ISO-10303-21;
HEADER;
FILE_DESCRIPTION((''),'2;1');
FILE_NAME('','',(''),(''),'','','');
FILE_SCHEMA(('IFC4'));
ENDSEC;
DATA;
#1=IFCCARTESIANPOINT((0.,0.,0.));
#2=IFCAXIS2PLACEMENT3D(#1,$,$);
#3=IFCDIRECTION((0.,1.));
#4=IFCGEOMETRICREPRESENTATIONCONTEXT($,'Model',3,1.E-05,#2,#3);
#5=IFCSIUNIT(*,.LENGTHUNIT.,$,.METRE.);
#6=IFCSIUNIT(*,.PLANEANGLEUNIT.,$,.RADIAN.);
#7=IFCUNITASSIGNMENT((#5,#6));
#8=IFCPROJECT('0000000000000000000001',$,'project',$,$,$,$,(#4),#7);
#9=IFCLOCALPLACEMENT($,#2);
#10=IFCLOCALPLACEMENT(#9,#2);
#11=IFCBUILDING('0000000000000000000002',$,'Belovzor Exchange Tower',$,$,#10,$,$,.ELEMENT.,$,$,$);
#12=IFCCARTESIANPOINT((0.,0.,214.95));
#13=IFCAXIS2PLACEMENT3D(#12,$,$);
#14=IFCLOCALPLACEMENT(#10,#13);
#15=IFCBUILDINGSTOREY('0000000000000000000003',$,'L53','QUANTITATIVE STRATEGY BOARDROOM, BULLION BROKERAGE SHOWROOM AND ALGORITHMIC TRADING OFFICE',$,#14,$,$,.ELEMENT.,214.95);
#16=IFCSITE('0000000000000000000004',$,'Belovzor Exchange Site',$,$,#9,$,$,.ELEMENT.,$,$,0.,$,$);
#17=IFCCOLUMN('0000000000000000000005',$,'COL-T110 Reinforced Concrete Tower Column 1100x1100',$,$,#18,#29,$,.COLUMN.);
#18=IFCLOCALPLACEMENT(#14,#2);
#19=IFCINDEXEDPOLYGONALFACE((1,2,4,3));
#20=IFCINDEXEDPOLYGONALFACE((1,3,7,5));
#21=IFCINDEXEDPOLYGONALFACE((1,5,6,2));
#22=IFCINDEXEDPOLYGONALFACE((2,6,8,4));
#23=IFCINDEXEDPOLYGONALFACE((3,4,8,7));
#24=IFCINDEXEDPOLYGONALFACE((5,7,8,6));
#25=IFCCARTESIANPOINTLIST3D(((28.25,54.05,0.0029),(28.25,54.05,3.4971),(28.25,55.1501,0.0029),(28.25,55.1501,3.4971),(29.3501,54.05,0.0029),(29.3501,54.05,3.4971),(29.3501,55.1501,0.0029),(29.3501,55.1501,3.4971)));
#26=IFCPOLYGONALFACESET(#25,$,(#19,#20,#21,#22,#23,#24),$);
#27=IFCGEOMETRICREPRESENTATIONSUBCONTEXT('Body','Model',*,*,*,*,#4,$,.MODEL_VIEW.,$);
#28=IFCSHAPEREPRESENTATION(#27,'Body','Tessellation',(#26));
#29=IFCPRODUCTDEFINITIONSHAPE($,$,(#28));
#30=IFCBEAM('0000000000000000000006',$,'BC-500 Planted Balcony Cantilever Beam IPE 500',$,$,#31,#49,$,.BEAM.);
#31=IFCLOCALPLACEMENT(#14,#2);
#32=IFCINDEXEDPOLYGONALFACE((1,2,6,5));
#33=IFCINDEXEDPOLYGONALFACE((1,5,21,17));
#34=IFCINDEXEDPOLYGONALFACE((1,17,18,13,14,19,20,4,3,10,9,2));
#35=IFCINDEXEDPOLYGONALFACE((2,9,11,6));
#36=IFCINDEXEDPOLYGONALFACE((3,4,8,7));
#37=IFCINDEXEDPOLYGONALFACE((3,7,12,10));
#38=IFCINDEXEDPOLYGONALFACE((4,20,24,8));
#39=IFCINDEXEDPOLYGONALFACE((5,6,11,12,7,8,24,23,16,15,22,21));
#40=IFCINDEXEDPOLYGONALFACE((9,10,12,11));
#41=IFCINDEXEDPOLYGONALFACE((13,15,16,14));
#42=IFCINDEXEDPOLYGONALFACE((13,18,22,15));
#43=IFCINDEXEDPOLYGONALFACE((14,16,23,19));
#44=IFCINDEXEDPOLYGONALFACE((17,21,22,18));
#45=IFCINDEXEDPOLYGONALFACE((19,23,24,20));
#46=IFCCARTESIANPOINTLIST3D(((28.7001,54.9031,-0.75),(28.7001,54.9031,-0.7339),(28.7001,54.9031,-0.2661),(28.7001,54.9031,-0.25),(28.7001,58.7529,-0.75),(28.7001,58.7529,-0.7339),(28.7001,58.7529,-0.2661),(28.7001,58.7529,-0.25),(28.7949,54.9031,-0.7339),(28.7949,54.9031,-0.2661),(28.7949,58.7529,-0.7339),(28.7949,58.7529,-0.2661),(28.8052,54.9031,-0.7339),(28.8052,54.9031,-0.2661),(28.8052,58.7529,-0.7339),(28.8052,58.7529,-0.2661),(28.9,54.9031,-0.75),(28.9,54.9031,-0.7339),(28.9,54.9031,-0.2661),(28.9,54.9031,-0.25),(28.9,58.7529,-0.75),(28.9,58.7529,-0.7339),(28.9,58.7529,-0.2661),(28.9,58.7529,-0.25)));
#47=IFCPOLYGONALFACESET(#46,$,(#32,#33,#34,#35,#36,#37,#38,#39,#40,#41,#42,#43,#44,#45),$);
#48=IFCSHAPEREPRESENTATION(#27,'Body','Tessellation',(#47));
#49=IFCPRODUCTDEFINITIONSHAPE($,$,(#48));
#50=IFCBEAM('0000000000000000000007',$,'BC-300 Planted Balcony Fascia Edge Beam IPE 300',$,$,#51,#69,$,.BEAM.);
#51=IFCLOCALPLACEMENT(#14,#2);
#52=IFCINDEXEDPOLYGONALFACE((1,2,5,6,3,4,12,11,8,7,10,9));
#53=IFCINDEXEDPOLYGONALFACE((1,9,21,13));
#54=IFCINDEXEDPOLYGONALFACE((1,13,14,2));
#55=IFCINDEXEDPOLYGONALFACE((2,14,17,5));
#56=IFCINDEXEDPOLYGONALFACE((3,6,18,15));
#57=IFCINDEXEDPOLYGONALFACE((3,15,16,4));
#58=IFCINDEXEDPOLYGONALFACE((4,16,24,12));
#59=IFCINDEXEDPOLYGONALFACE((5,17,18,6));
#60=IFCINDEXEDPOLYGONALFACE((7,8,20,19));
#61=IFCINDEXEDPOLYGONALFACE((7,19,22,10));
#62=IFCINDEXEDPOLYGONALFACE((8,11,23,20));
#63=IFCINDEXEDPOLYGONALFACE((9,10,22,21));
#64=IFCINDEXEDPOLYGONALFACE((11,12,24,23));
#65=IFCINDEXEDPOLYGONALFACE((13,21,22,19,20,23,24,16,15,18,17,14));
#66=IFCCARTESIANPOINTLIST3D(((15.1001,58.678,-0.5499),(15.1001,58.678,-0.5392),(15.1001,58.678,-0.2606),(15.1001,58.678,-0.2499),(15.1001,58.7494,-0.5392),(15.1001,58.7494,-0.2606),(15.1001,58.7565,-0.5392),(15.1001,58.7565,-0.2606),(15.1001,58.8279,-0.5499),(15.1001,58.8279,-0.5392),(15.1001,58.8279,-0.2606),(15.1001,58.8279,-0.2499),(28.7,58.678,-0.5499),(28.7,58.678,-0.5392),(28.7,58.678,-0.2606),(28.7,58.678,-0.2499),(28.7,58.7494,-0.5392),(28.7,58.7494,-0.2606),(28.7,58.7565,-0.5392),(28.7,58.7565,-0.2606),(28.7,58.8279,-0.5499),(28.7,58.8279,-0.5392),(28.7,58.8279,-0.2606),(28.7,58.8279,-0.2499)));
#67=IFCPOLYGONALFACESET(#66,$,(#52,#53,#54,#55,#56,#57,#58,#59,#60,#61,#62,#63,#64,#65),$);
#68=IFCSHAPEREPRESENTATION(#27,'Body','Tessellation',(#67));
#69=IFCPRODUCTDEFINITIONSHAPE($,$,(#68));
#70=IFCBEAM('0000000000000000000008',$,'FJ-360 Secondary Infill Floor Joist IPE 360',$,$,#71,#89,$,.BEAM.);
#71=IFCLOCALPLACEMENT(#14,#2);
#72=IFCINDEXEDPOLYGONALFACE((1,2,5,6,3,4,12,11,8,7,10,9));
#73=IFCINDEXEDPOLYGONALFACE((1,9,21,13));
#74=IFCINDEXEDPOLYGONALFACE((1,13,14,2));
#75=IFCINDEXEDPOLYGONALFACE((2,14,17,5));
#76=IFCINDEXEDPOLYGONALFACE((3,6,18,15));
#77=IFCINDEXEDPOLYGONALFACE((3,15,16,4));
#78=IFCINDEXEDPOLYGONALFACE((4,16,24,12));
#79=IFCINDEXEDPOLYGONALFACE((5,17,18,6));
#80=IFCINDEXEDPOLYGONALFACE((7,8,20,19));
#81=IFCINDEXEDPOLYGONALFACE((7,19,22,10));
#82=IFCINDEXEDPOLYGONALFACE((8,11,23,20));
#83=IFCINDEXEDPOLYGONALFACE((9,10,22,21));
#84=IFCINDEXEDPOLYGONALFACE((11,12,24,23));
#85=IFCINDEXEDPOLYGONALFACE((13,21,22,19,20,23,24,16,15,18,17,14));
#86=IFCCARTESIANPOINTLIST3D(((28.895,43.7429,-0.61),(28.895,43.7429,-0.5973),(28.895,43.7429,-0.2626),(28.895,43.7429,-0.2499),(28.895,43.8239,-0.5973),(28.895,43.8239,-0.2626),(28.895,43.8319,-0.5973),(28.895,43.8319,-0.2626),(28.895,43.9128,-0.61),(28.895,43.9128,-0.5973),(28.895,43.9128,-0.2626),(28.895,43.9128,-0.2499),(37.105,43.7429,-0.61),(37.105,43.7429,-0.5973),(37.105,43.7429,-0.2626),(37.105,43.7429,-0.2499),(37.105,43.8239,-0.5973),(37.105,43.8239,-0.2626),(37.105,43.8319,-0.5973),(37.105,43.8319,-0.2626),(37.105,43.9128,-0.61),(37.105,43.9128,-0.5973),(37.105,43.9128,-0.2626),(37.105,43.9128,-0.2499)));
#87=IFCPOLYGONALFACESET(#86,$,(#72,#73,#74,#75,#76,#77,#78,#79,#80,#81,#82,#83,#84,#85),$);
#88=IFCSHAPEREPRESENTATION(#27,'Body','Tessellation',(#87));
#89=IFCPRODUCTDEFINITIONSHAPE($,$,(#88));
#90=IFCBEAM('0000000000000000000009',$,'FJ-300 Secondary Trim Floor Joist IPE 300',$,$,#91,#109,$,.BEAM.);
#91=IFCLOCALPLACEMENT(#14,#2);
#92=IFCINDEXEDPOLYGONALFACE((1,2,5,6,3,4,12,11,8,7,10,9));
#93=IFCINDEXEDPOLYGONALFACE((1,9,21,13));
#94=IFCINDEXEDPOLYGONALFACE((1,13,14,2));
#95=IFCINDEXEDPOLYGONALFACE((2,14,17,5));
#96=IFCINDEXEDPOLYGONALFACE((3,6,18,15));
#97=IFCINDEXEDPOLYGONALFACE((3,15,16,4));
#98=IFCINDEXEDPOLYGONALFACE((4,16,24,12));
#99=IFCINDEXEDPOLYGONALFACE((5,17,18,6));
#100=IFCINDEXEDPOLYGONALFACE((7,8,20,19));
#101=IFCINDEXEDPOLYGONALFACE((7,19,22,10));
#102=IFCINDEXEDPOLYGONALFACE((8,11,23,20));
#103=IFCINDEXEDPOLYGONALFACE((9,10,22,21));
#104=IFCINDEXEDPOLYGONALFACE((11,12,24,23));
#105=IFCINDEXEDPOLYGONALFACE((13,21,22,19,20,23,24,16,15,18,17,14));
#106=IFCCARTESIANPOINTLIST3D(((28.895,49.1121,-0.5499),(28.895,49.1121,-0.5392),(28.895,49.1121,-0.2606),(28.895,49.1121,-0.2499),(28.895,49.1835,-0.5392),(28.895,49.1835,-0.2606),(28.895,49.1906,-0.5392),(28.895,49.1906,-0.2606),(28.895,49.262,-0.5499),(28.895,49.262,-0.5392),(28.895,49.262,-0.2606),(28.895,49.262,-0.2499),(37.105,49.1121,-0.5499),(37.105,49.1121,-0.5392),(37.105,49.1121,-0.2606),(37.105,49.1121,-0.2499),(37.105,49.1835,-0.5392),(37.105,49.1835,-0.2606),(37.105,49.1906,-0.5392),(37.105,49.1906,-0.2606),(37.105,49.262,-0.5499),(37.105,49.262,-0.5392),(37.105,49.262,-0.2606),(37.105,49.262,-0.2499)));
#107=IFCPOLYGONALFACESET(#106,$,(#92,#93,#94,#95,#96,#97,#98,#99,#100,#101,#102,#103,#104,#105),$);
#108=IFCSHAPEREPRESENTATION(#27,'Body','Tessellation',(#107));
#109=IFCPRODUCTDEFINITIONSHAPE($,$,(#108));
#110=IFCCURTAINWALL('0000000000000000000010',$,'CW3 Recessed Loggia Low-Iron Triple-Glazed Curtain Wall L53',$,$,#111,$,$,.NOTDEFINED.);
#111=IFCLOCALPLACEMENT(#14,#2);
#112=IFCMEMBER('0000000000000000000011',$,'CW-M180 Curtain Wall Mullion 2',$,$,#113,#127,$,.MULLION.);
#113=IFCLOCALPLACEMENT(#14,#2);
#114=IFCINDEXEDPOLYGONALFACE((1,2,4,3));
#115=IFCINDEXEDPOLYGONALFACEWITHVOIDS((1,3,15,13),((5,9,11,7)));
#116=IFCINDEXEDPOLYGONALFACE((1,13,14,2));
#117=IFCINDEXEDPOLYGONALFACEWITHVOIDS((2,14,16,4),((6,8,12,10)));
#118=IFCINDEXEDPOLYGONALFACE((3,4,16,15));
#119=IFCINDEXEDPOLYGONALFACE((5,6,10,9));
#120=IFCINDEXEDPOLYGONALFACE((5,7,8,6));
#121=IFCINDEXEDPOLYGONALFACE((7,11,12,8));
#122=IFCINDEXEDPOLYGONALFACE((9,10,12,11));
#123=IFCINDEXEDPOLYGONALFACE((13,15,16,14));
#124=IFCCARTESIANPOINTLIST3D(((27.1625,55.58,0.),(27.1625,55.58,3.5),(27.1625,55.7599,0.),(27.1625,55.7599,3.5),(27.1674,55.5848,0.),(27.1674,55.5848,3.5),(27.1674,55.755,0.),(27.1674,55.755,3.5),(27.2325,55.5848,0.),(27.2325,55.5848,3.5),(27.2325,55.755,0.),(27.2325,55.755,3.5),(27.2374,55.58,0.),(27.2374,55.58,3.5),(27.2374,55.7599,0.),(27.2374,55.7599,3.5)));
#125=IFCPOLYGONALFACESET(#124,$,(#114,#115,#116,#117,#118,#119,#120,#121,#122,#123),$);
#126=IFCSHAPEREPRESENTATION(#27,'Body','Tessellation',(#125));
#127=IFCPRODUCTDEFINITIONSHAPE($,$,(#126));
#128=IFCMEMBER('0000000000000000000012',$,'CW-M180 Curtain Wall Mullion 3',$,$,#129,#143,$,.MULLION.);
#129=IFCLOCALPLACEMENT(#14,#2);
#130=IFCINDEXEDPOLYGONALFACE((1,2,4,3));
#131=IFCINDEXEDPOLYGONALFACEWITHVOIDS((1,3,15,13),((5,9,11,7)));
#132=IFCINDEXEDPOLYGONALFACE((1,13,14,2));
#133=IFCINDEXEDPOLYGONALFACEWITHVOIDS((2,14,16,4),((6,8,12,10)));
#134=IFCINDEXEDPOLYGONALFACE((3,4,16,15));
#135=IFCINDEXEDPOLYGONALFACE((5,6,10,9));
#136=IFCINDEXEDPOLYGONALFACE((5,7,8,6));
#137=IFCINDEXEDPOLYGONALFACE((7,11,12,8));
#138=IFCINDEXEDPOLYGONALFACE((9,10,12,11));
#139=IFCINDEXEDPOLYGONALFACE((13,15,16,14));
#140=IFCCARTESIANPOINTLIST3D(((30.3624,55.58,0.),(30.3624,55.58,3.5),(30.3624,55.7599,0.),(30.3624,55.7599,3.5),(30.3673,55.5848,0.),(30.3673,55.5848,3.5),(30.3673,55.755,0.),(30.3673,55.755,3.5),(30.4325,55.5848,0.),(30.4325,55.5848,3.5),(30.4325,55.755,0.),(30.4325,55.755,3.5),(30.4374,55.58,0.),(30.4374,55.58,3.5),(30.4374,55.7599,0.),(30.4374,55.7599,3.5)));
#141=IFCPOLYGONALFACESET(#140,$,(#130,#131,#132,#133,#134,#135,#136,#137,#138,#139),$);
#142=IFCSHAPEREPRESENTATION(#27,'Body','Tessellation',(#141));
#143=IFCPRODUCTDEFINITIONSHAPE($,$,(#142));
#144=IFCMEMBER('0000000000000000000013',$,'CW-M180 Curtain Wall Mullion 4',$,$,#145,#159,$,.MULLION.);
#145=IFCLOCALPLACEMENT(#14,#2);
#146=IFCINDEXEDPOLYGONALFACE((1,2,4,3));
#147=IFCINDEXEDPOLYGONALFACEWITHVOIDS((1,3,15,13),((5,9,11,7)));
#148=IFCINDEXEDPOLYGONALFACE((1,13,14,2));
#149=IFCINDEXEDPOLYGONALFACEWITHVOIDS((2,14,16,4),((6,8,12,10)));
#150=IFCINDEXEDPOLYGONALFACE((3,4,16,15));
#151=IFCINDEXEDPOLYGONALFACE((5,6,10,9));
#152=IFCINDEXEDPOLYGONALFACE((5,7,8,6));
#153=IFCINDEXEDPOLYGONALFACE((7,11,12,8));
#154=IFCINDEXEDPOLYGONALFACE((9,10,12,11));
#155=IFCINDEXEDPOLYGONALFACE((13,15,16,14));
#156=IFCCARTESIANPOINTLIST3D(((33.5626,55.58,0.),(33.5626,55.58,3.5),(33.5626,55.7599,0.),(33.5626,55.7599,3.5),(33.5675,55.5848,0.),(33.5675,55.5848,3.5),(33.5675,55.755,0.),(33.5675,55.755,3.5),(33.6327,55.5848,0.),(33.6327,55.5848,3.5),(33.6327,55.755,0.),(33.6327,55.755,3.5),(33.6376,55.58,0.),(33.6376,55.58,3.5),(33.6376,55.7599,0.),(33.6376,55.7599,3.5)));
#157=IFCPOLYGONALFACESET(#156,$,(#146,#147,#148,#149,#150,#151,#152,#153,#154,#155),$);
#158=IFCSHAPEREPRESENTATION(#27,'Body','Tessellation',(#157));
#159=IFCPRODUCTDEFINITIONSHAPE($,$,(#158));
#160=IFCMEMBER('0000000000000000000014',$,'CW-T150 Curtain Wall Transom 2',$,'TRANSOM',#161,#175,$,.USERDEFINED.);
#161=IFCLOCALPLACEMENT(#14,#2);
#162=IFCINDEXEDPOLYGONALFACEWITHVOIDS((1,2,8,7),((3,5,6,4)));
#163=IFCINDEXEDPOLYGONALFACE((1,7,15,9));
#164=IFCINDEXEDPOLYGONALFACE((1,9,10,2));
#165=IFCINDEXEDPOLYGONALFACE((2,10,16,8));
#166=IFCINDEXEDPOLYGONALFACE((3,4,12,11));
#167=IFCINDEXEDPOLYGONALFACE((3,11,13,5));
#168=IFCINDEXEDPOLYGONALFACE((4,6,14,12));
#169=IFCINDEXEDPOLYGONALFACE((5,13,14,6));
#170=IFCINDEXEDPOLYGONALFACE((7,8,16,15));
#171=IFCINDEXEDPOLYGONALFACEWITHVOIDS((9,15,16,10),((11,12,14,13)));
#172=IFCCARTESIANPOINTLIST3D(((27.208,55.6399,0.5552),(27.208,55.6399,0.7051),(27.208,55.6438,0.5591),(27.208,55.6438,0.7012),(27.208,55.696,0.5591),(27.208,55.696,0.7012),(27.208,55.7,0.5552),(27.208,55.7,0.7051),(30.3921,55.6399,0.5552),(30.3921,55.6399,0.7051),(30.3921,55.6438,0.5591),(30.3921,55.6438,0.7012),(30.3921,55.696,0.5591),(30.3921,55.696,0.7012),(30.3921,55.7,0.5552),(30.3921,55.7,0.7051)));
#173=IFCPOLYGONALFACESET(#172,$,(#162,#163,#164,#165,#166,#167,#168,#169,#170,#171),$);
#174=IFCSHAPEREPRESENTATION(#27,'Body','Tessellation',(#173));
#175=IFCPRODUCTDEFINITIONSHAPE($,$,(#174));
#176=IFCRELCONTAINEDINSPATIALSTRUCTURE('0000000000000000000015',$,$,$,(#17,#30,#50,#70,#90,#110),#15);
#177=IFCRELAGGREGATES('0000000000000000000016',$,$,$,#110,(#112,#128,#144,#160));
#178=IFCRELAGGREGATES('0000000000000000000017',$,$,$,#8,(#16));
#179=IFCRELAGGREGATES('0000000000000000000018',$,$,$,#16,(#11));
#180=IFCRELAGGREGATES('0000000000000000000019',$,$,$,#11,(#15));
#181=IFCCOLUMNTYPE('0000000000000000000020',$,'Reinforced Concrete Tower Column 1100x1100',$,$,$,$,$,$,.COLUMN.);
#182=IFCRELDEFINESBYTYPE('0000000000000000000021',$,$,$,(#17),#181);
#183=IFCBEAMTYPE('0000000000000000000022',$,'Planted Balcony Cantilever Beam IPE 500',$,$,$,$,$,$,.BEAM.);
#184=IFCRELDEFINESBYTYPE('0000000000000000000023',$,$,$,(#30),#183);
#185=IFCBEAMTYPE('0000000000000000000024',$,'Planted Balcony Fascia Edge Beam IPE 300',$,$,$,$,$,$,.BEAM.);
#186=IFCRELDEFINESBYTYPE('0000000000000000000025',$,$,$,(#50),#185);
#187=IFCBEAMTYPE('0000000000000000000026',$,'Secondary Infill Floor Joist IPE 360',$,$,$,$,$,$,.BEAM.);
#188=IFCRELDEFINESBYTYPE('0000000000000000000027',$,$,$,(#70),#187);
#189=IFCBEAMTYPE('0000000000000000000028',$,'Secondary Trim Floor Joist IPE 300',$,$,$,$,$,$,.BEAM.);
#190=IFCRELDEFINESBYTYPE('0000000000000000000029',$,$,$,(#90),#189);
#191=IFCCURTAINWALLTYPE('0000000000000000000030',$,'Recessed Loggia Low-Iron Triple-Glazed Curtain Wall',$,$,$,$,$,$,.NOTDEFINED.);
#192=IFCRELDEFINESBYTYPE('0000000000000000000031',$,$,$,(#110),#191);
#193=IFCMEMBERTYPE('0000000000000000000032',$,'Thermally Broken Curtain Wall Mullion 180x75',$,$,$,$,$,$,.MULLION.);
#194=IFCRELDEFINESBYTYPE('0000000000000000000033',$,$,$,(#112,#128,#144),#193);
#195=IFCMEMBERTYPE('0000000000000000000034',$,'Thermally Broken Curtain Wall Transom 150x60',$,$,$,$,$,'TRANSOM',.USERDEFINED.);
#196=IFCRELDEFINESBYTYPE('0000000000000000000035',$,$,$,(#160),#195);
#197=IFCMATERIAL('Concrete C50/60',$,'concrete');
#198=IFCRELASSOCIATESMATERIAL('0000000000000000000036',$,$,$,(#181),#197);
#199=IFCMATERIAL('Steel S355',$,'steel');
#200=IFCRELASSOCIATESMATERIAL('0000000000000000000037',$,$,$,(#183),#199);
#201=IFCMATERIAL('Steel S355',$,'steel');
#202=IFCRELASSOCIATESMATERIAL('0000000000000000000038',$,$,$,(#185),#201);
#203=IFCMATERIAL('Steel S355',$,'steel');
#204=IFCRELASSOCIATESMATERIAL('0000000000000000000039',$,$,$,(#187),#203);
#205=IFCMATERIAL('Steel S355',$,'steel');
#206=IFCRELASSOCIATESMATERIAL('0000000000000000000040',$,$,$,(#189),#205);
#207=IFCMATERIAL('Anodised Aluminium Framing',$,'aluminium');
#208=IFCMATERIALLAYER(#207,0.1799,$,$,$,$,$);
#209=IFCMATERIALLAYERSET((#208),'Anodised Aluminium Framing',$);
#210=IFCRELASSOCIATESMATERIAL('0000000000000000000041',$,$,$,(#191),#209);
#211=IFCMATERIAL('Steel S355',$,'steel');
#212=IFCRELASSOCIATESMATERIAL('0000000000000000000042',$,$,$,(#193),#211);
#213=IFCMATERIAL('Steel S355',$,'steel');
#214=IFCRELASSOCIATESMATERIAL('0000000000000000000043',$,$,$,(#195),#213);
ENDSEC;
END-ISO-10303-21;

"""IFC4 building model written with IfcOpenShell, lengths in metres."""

from ifc_helpers import new_model, si_unit, direction, frame, origin, origin_2d, place, context, subcontext, project, spatial, rectangle, hollow_rectangle, i_section, extrude, material, layer, layer_set, material_profile, profile_set, type_object, element, aggregate, save


model = new_model("IFC4")

# Units and contexts
model_context = context("Model", 3, precision=1e-05, world=origin(), true_north=direction((0.0, 1.0)))
body_context = subcontext(model_context, "Body", "Model", "MODEL_VIEW")
ifc_project = project(units=[si_unit("LENGTHUNIT", "METRE"), si_unit("PLANEANGLEUNIT", "RADIAN")], contexts=[model_context])

# Site, building, storey
site_placement = place(None, origin())
site = spatial("IfcSite", under=ifc_project, at=site_placement, Name="Belovzor Exchange Site", CompositionType="ELEMENT", RefElevation=0.0)
building_placement = place(site_placement, origin())
building = spatial("IfcBuilding", under=site, at=building_placement, Name="Belovzor Exchange Tower", CompositionType="ELEMENT")
storey_placement = place(building_placement, frame((0.0, 0.0, 214.95)))
storey = spatial("IfcBuildingStorey", under=building, at=storey_placement, Name="L53", Description="QUANTITATIVE STRATEGY BOARDROOM, BULLION BROKERAGE SHOWROOM AND ALGORITHMIC TRADING OFFICE", CompositionType="ELEMENT", Elevation=214.95)

# Column
ifc_material_1 = material(Name="Concrete C50/60", Category="concrete")
ifc_material_profile_1 = material_profile(ifc_material_1, rectangle(XDim=1.1001, YDim=1.1001, at=origin_2d()))
ifc_profile_set_1 = profile_set([ifc_material_profile_1], Name="Concrete C50/60")
column_type = type_object("IfcColumnType", Name="Reinforced Concrete Tower Column 1100x1100", PredefinedType="COLUMN", material=ifc_profile_set_1)
column_placement = place(storey_placement, frame((28.8, 54.6001, 0.0029), z_axis=(0.0, 0.0, 1.0), x_axis=(1.0, 0.0, 0.0)))
element("IfcColumn", 1, at=column_placement, inside=storey, type_object=column_type, Name="COL-T110 Reinforced Concrete Tower Column 1100x1100", PredefinedType="COLUMN", context=body_context, shape_type="SweptSolid", body=[
    extrude(rectangle(XDim=1.1001, YDim=1.1001, at=origin_2d()), origin(), (0.0, 0.0, 1.0), 3.4941),
])

# Beams
ifc_material_2 = material(Name="Steel S355", Category="steel")
ifc_material_profile_2 = material_profile(ifc_material_2, i_section(OverallWidth=0.2, OverallDepth=0.5, WebThickness=0.0103, FlangeThickness=0.0161, at=origin_2d()))
ifc_profile_set_2 = profile_set([ifc_material_profile_2], Name="Steel S355")
beam_type_1 = type_object("IfcBeamType", Name="Planted Balcony Cantilever Beam IPE 500", PredefinedType="BEAM", material=ifc_profile_set_2)
beam_1_placement = place(storey_placement, frame((28.8, 54.9031, -0.5), z_axis=(0.0, 1.0, 0.0), x_axis=(-1.0, 0.0, 0.0)))
element("IfcBeam", 2, at=beam_1_placement, inside=storey, type_object=beam_type_1, Name="BC-500 Planted Balcony Cantilever Beam IPE 500", PredefinedType="BEAM", context=body_context, shape_type="SweptSolid", body=[
    extrude(i_section(OverallWidth=0.2, OverallDepth=0.5, WebThickness=0.0103, FlangeThickness=0.0161, at=origin_2d()), origin(), (0.0, 0.0, 1.0), 3.8499),
])
ifc_material_3 = material(Name="Steel S355", Category="steel")
ifc_material_profile_3 = material_profile(ifc_material_3, i_section(OverallWidth=0.1499, OverallDepth=0.3, WebThickness=0.0071, FlangeThickness=0.0107, at=origin_2d()))
ifc_profile_set_3 = profile_set([ifc_material_profile_3], Name="Steel S355")
beam_type_2 = type_object("IfcBeamType", Name="Planted Balcony Fascia Edge Beam IPE 300", PredefinedType="BEAM", material=ifc_profile_set_3)
beam_2_placement = place(storey_placement, frame((28.7, 58.7529, -0.3999), z_axis=(-1.0, 0.0, 0.0), x_axis=(0.0, -1.0, 0.0)))
element("IfcBeam", 3, at=beam_2_placement, inside=storey, type_object=beam_type_2, Name="BC-300 Planted Balcony Fascia Edge Beam IPE 300", PredefinedType="BEAM", context=body_context, shape_type="SweptSolid", body=[
    extrude(i_section(OverallWidth=0.1499, OverallDepth=0.3, WebThickness=0.0071, FlangeThickness=0.0107, at=origin_2d()), origin(), (0.0, 0.0, 1.0), 13.5999),
])
ifc_material_4 = material(Name="Steel S355", Category="steel")
ifc_material_profile_4 = material_profile(ifc_material_4, i_section(OverallWidth=0.1699, OverallDepth=0.3601, WebThickness=0.0081, FlangeThickness=0.0127, at=origin_2d()))
ifc_profile_set_4 = profile_set([ifc_material_profile_4], Name="Steel S355")
beam_type_3 = type_object("IfcBeamType", Name="Secondary Infill Floor Joist IPE 360", PredefinedType="BEAM", material=ifc_profile_set_4)
beam_3_placement = place(storey_placement, frame((28.895, 43.8279, -0.4299), z_axis=(1.0, 0.0, 0.0), x_axis=(0.0, 1.0, 0.0)))
element("IfcBeam", 4, at=beam_3_placement, inside=storey, type_object=beam_type_3, Name="FJ-360 Secondary Infill Floor Joist IPE 360", PredefinedType="BEAM", context=body_context, shape_type="SweptSolid", body=[
    extrude(i_section(OverallWidth=0.1699, OverallDepth=0.3601, WebThickness=0.0081, FlangeThickness=0.0127, at=origin_2d()), origin(), (0.0, 0.0, 1.0), 8.21),
])
ifc_material_5 = material(Name="Steel S355", Category="steel")
ifc_material_profile_5 = material_profile(ifc_material_5, i_section(OverallWidth=0.1499, OverallDepth=0.3, WebThickness=0.0071, FlangeThickness=0.0107, at=origin_2d()))
ifc_profile_set_5 = profile_set([ifc_material_profile_5], Name="Steel S355")
beam_type_4 = type_object("IfcBeamType", Name="Secondary Trim Floor Joist IPE 300", PredefinedType="BEAM", material=ifc_profile_set_5)
beam_4_placement = place(storey_placement, frame((28.895, 49.187, -0.3999), z_axis=(1.0, 0.0, 0.0), x_axis=(0.0, 1.0, 0.0)))
element("IfcBeam", 5, at=beam_4_placement, inside=storey, type_object=beam_type_4, Name="FJ-300 Secondary Trim Floor Joist IPE 300", PredefinedType="BEAM", context=body_context, shape_type="SweptSolid", body=[
    extrude(i_section(OverallWidth=0.1499, OverallDepth=0.3, WebThickness=0.0071, FlangeThickness=0.0107, at=origin_2d()), origin(), (0.0, 0.0, 1.0), 8.21),
])

# Curtain wall, members
ifc_material_6 = material(Name="Anodised Aluminium Framing", Category="aluminium")
ifc_layer_1 = layer(ifc_material_6, 0.1799)
ifc_layer_set_1 = layer_set([ifc_layer_1], Name="Anodised Aluminium Framing")
curtain_wall_type = type_object("IfcCurtainWallType", Name="Recessed Loggia Low-Iron Triple-Glazed Curtain Wall", PredefinedType="NOTDEFINED", material=ifc_layer_set_1)
curtain_wall_placement = place(storey_placement, origin())
curtain_wall = element("IfcCurtainWall", 6, at=curtain_wall_placement, inside=storey, type_object=curtain_wall_type, Name="CW3 Recessed Loggia Low-Iron Triple-Glazed Curtain Wall L53", PredefinedType="NOTDEFINED")
ifc_material_7 = material(Name="Steel S355", Category="steel")
ifc_material_profile_6 = material_profile(ifc_material_7, hollow_rectangle(XDim=0.075, YDim=0.1799, WallThickness=0.0049, at=origin_2d()))
ifc_profile_set_6 = profile_set([ifc_material_profile_6], Name="Steel S355")
member_type_1 = type_object("IfcMemberType", Name="Thermally Broken Curtain Wall Mullion 180x75", PredefinedType="MULLION", material=ifc_profile_set_6)
member_1_placement = place(storey_placement, frame((27.2, 55.6699, 0.0), z_axis=(0.0, 0.0, 1.0), x_axis=(1.0, 0.0, 0.0)))
member_1 = element("IfcMember", 7, at=member_1_placement, type_object=member_type_1, Name="CW-M180 Curtain Wall Mullion 2", PredefinedType="MULLION", context=body_context, shape_type="SweptSolid", body=[
    extrude(hollow_rectangle(XDim=0.075, YDim=0.1799, WallThickness=0.0049, at=origin_2d()), origin(), (0.0, 0.0, 1.0), 3.5),
])
member_2_placement = place(storey_placement, frame((30.3999, 55.6699, 0.0), z_axis=(0.0, 0.0, 1.0), x_axis=(1.0, 0.0, 0.0)))
member_2 = element("IfcMember", 8, at=member_2_placement, type_object=member_type_1, Name="CW-M180 Curtain Wall Mullion 3", PredefinedType="MULLION", context=body_context, shape_type="SweptSolid", body=[
    extrude(hollow_rectangle(XDim=0.075, YDim=0.1799, WallThickness=0.0049, at=origin_2d()), origin(), (0.0, 0.0, 1.0), 3.5),
])
member_3_placement = place(storey_placement, frame((33.6001, 55.6699, 0.0), z_axis=(0.0, 0.0, 1.0), x_axis=(1.0, 0.0, 0.0)))
member_3 = element("IfcMember", 9, at=member_3_placement, type_object=member_type_1, Name="CW-M180 Curtain Wall Mullion 4", PredefinedType="MULLION", context=body_context, shape_type="SweptSolid", body=[
    extrude(hollow_rectangle(XDim=0.075, YDim=0.1799, WallThickness=0.0049, at=origin_2d()), origin(), (0.0, 0.0, 1.0), 3.5),
])
ifc_material_8 = material(Name="Steel S355", Category="steel")
ifc_material_profile_7 = material_profile(ifc_material_8, hollow_rectangle(XDim=0.0601, YDim=0.1499, WallThickness=0.0039, at=origin_2d()))
ifc_profile_set_7 = profile_set([ifc_material_profile_7], Name="Steel S355")
member_type_2 = type_object("IfcMemberType", Name="Thermally Broken Curtain Wall Transom 150x60", ElementType="TRANSOM", PredefinedType="USERDEFINED", material=ifc_profile_set_7)
member_4_placement = place(storey_placement, frame((27.208, 55.6699, 0.6301), z_axis=(1.0, 0.0, 0.0), x_axis=(0.0, 1.0, 0.0)))
member_4 = element("IfcMember", 10, at=member_4_placement, type_object=member_type_2, Name="CW-T150 Curtain Wall Transom 2", ObjectType="TRANSOM", PredefinedType="USERDEFINED", context=body_context, shape_type="SweptSolid", body=[
    extrude(hollow_rectangle(XDim=0.0601, YDim=0.1499, WallThickness=0.0039, at=origin_2d()), origin(), (0.0, 0.0, 1.0), 3.1841),
])

aggregate(curtain_wall, [member_1, member_2, member_3, member_4])

save(model, "model.ifc")
